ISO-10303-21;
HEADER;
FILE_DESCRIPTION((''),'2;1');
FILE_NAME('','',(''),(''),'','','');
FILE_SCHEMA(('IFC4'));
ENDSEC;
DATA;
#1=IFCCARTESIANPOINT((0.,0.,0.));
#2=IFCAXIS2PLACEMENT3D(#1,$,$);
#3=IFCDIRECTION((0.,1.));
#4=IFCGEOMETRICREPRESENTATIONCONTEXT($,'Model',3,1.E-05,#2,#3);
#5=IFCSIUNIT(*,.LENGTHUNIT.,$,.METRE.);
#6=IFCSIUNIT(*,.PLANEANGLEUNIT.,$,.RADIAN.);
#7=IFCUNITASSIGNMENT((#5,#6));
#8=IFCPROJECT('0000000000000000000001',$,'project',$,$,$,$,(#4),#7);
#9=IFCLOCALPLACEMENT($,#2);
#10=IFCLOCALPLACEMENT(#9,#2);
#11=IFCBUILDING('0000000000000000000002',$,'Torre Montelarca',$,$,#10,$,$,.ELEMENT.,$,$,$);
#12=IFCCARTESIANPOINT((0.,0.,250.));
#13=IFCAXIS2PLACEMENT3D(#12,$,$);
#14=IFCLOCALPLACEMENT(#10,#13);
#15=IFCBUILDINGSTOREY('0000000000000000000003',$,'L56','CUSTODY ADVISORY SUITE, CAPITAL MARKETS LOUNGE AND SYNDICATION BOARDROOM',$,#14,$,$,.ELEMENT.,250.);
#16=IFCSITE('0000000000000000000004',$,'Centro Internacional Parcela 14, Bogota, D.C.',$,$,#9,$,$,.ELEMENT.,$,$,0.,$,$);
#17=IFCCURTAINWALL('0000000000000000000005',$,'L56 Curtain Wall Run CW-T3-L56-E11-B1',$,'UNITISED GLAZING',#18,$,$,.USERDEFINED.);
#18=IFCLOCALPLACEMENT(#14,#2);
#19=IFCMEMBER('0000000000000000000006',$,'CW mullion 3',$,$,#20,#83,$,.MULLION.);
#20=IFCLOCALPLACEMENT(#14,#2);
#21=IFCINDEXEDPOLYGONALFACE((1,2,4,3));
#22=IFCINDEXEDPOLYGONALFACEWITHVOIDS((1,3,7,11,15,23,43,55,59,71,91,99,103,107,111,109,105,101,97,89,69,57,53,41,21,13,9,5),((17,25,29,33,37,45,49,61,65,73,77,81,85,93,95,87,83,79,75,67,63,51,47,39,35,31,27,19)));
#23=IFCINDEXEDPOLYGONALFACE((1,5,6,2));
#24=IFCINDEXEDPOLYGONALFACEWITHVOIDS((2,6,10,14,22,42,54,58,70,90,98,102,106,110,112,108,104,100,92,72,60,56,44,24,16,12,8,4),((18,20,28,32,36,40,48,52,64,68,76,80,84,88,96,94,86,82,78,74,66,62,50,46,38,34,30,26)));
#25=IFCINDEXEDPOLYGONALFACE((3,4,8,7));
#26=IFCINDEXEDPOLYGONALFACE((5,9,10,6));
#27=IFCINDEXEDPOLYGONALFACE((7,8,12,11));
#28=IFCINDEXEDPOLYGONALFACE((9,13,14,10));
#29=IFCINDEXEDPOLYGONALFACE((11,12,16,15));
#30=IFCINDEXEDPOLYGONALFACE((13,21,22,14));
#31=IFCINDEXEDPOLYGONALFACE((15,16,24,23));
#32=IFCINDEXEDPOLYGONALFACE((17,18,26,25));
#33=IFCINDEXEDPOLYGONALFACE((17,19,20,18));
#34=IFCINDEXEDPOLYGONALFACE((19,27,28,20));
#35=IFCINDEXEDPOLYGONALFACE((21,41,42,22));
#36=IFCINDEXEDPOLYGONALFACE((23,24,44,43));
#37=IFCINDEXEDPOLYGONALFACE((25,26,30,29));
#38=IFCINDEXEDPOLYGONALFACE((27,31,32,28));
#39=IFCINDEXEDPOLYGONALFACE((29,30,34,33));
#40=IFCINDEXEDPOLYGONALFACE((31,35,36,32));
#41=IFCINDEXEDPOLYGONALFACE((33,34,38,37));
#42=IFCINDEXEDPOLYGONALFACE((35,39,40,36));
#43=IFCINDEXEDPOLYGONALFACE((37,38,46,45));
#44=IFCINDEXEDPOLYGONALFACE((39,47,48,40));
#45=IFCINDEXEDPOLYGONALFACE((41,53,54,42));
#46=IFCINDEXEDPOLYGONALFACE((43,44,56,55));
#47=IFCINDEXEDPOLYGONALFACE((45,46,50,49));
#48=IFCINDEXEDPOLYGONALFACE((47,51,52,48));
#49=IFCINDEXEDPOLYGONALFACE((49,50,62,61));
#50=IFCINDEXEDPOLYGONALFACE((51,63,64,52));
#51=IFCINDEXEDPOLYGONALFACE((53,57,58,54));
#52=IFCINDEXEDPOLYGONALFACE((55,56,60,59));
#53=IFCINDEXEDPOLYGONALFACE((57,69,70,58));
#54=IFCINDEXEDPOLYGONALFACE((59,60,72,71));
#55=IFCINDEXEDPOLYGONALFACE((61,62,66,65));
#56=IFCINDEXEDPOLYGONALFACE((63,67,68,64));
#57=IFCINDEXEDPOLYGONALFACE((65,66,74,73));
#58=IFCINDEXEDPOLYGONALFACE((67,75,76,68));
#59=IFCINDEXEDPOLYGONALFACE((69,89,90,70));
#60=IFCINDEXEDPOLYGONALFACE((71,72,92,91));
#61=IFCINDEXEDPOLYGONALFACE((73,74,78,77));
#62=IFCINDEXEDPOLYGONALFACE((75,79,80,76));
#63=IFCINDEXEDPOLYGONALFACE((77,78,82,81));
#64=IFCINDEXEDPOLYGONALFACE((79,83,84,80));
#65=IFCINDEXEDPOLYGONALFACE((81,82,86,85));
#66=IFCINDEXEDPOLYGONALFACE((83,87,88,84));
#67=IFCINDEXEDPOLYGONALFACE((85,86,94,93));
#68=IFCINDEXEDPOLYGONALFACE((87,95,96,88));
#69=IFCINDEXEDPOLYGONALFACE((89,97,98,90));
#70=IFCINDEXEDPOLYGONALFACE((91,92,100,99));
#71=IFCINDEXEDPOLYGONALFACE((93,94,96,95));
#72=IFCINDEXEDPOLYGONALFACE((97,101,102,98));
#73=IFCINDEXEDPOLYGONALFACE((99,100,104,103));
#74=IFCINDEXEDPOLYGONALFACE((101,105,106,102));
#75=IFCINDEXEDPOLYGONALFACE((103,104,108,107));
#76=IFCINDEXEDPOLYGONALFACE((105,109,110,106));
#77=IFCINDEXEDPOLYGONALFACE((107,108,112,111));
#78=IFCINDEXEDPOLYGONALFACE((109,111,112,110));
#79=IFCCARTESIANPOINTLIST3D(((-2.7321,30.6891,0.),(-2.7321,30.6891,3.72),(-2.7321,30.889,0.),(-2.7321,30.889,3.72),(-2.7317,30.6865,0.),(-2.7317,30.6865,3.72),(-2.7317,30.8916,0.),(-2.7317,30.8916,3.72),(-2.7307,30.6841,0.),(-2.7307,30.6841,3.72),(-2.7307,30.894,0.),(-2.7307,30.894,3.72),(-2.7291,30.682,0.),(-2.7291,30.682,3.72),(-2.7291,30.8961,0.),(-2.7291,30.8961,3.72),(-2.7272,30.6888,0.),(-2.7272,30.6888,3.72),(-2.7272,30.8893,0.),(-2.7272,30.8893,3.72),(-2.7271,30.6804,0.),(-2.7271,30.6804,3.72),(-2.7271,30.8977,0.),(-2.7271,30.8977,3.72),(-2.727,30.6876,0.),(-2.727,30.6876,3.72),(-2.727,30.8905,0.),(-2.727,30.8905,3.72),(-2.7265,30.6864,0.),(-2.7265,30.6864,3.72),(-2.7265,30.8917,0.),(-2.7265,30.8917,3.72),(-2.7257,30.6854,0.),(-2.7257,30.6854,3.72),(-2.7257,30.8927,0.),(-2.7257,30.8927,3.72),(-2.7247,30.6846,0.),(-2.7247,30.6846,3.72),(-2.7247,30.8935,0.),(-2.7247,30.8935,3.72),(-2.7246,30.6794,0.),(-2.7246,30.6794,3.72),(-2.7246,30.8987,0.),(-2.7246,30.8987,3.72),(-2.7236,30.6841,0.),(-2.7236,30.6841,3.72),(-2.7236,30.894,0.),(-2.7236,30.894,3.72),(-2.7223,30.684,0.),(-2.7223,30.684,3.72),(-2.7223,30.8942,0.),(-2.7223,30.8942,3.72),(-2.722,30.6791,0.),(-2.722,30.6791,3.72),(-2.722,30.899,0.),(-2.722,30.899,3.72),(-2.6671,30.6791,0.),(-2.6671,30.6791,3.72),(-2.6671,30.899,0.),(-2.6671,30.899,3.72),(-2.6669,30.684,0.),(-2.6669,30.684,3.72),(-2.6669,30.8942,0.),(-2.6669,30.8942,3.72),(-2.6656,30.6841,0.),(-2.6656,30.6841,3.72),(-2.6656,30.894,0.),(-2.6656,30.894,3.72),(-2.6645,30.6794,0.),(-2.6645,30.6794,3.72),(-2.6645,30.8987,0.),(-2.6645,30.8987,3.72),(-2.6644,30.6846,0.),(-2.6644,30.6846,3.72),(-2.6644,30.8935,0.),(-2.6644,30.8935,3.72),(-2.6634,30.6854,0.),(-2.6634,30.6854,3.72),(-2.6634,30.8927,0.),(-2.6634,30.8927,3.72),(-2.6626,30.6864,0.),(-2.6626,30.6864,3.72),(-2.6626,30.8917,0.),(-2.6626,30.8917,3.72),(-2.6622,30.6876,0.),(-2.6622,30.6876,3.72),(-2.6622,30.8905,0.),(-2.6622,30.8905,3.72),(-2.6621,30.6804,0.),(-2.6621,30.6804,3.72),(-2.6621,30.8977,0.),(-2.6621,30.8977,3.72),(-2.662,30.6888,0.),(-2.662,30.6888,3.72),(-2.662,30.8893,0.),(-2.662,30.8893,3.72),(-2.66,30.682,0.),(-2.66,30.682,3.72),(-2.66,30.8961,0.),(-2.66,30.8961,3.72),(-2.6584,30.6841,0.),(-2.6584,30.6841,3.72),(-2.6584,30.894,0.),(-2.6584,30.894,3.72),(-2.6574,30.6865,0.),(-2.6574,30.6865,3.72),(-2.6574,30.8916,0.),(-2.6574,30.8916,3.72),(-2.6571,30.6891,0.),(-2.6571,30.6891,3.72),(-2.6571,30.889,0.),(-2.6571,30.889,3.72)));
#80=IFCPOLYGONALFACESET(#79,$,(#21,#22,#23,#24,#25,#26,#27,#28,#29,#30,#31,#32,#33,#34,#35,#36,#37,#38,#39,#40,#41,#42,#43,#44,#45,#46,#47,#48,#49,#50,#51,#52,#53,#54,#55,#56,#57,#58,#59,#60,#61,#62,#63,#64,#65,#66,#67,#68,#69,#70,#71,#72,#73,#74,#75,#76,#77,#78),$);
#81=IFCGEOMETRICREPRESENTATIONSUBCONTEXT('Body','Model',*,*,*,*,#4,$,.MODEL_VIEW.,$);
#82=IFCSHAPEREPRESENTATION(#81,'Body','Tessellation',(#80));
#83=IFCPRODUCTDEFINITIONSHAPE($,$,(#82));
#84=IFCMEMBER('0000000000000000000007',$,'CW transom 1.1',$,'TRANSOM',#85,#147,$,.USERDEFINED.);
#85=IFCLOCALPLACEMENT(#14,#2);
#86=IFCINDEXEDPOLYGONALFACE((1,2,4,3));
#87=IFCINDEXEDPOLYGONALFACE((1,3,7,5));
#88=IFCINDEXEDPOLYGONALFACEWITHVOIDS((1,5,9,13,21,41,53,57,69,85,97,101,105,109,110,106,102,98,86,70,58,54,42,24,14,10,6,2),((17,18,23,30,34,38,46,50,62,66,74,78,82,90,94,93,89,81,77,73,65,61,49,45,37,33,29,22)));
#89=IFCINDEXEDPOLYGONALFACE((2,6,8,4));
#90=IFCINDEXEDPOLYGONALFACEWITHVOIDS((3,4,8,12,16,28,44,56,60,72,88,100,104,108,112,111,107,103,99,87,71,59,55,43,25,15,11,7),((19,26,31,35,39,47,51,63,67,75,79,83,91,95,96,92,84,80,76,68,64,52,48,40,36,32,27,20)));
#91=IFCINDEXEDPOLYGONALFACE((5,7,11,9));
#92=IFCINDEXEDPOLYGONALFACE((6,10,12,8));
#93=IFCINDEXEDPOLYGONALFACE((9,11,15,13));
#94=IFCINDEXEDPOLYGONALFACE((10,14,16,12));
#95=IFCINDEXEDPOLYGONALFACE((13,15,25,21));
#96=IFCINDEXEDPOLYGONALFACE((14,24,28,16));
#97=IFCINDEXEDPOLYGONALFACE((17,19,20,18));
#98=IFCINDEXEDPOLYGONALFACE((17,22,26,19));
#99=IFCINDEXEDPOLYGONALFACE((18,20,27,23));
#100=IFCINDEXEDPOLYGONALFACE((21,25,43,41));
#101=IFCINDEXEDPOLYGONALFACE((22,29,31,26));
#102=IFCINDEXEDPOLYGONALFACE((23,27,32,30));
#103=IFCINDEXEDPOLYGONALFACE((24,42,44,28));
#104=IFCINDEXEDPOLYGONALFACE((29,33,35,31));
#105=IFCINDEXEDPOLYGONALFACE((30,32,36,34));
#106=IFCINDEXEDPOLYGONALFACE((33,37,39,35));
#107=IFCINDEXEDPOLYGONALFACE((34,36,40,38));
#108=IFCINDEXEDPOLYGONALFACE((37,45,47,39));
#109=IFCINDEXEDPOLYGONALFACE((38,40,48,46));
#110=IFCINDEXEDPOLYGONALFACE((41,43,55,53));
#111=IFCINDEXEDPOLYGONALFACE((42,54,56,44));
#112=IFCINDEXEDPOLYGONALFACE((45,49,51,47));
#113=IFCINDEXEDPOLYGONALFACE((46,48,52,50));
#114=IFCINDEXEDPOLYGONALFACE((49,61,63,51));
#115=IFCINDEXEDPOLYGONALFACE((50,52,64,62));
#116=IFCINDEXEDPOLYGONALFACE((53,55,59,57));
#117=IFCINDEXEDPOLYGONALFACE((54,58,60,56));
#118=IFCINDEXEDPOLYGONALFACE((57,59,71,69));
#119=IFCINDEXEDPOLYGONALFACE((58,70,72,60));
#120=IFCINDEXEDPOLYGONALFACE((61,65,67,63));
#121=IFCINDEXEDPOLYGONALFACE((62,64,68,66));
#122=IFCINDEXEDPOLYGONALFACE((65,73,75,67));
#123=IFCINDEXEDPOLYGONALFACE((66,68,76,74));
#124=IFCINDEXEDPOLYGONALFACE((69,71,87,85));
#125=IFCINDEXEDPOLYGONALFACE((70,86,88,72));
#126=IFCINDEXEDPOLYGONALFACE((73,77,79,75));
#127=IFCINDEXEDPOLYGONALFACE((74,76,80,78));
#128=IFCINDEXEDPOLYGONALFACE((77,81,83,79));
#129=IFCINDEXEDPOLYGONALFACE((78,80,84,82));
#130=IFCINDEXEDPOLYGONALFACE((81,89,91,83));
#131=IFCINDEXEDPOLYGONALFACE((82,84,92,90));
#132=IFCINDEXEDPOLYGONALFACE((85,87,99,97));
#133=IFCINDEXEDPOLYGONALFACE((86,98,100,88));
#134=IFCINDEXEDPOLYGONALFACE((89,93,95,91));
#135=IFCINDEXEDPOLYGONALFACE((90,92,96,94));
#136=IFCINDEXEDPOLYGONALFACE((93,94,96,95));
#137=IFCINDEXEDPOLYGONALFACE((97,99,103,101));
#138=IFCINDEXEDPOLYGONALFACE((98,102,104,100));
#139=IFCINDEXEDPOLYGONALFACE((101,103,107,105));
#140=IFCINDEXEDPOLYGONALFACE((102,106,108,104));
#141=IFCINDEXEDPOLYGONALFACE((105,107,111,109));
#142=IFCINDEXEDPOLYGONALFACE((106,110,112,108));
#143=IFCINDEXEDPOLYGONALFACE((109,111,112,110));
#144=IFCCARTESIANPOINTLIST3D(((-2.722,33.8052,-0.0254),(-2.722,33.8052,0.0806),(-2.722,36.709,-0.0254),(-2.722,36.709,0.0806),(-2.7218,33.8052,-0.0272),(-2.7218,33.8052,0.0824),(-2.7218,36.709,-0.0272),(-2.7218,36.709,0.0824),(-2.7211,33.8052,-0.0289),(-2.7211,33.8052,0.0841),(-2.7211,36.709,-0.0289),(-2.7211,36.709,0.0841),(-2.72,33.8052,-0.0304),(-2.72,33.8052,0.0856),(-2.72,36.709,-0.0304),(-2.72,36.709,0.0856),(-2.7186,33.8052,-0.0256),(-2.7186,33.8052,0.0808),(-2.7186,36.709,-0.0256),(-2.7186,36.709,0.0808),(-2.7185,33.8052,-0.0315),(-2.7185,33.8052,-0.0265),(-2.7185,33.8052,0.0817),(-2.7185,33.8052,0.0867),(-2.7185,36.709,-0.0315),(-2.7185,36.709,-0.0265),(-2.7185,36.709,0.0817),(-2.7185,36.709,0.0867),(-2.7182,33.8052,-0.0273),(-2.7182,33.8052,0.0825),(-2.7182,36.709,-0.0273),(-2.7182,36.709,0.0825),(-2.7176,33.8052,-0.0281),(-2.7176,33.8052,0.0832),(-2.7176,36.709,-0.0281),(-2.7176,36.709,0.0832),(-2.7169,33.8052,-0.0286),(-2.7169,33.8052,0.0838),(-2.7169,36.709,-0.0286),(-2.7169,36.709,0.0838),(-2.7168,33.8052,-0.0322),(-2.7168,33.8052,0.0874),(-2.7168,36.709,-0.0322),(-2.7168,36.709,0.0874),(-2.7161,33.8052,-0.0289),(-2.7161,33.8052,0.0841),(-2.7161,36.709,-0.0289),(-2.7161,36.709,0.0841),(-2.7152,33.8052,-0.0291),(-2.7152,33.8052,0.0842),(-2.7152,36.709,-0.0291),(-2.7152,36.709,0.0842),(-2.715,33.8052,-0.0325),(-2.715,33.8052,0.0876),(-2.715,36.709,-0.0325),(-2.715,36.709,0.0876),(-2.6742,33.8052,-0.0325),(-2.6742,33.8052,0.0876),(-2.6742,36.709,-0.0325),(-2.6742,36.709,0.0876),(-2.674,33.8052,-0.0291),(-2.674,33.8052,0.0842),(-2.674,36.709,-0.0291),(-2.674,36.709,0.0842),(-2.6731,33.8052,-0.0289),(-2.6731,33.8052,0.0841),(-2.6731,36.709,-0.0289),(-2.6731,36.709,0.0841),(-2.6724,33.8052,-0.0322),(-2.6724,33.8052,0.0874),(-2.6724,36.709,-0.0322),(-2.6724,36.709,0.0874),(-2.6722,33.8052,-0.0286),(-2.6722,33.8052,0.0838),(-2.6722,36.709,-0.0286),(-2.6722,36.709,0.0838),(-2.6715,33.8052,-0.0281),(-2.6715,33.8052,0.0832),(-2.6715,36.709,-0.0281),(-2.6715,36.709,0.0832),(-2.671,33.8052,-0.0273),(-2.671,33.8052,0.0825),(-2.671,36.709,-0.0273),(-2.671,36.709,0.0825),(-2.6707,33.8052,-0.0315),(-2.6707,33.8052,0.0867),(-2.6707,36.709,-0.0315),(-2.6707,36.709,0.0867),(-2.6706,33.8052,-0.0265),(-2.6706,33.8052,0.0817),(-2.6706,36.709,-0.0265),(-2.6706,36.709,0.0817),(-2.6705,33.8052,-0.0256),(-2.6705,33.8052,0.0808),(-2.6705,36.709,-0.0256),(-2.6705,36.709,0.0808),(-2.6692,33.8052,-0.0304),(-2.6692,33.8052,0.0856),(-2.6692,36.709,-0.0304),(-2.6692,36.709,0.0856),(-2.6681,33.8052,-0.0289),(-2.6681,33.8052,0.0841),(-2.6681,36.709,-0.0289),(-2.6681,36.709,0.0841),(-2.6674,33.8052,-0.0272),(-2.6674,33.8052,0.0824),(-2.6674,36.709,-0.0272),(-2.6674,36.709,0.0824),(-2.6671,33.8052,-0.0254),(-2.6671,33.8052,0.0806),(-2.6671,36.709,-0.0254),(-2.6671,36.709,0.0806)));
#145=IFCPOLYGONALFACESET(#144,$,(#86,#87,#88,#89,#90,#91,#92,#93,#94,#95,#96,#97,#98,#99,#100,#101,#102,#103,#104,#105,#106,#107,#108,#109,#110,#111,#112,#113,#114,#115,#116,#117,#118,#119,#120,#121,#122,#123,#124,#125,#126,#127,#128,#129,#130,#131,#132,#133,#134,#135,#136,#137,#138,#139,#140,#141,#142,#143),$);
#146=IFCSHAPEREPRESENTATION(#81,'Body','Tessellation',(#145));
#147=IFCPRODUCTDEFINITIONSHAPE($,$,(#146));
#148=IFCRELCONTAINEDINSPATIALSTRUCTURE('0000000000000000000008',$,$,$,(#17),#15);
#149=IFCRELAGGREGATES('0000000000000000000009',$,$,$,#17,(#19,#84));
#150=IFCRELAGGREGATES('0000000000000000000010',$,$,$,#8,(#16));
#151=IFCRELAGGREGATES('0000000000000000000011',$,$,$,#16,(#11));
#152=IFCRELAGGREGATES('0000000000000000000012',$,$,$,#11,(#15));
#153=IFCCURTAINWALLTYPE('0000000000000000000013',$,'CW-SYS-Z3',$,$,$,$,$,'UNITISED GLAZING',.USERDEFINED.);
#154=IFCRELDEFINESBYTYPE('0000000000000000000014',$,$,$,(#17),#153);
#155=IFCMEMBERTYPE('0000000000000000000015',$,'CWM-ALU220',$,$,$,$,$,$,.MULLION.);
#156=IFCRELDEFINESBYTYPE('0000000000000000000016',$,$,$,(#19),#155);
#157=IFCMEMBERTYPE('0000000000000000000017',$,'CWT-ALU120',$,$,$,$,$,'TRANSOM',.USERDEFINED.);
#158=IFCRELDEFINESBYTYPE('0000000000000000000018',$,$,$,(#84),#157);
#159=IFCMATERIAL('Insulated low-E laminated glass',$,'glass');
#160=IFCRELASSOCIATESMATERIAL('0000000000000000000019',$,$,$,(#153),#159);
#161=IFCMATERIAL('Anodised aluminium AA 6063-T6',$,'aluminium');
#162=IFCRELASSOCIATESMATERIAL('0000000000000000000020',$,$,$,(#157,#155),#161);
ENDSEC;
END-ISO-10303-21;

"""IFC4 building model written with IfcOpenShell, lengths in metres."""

from ifc_helpers import new_model, si_unit, direction, frame, origin, origin_2d, place, context, subcontext, project, spatial, hollow_rectangle, extrude, source, transform, mapped, material, material_profile, profile_set, type_object, element, aggregate, save


model = new_model("IFC4")

# Units and contexts
model_context = context("Model", 3, precision=1e-05, world=origin(), true_north=direction((0.0, 1.0)))
body_context = subcontext(model_context, "Body", "Model", "MODEL_VIEW")
ifc_project = project(units=[si_unit("LENGTHUNIT", "METRE"), si_unit("PLANEANGLEUNIT", "RADIAN")], contexts=[model_context])

# Site, building, storey
site_placement = place(None, origin())
site = spatial("IfcSite", under=ifc_project, at=site_placement, Name="Centro Internacional Parcela 14, Bogota, D.C.", CompositionType="ELEMENT", RefElevation=0.0)
building_placement = place(site_placement, origin())
building = spatial("IfcBuilding", under=site, at=building_placement, Name="Torre Montelarca", CompositionType="ELEMENT")
storey_placement = place(building_placement, frame((0.0, 0.0, 250.0)))
storey = spatial("IfcBuildingStorey", under=building, at=storey_placement, Name="L56", Description="CUSTODY ADVISORY SUITE, CAPITAL MARKETS LOUNGE AND SYNDICATION BOARDROOM", CompositionType="ELEMENT", Elevation=250.0)

# Curtain wall, members
ifc_material_1 = material(Name="Insulated low-E laminated glass", Category="glass")
curtain_wall_type = type_object("IfcCurtainWallType", Name="CW-SYS-Z3", ElementType="UNITISED GLAZING", PredefinedType="USERDEFINED", material=ifc_material_1)
curtain_wall_placement = place(storey_placement, origin())
curtain_wall = element("IfcCurtainWall", 1, at=curtain_wall_placement, inside=storey, type_object=curtain_wall_type, Name="L56 Curtain Wall Run CW-T3-L56-E11-B1", ObjectType="UNITISED GLAZING", PredefinedType="USERDEFINED")
ifc_material_2 = material(Name="Anodised aluminium AA 6063-T6", Category="aluminium")
ifc_material_profile_1 = material_profile(ifc_material_2, hollow_rectangle(XDim=0.0549, YDim=0.1201, WallThickness=0.0034, InnerFilletRadius=0.0034, OuterFilletRadius=0.0071, at=origin_2d()), Name="ALU55X120X3.5", Category="aluminium")
ifc_profile_set_1 = profile_set([ifc_material_profile_1], Name="Anodised aluminium AA 6063-T6")
member_type_1 = type_object("IfcMemberType", Name="CWT-ALU120", ElementType="TRANSOM", PredefinedType="USERDEFINED", material=ifc_profile_set_1)
ifc_material_profile_2 = material_profile(ifc_material_2, hollow_rectangle(XDim=0.075, YDim=0.22, WallThickness=0.0049, InnerFilletRadius=0.0049, OuterFilletRadius=0.01, at=origin_2d()), Name="ALU75X220X5", Category="aluminium")
ifc_profile_set_2 = profile_set([ifc_material_profile_2], Name="Anodised aluminium AA 6063-T6")
member_type_2 = type_object("IfcMemberType", Name="CWM-ALU220", PredefinedType="MULLION", material=ifc_profile_set_2)
shared_shape_1 = source(origin(), body_context, "Body", "SweptSolid", [
    extrude(hollow_rectangle(XDim=0.075, YDim=0.22, WallThickness=0.0049, InnerFilletRadius=0.0049, OuterFilletRadius=0.01, at=origin_2d()), origin(), (0.0, 0.0, 1.0), 3.72),
])
member_1_placement = place(storey_placement, frame((-2.6946, 30.7891, 0.0), z_axis=(0.0, 0.0, 1.0), x_axis=(1.0, 0.0, 0.0)))
member_1 = element("IfcMember", 2, at=member_1_placement, type_object=member_type_2, Name="CW mullion 3", PredefinedType="MULLION", context=body_context, shape_type="MappedRepresentation", body=[
    mapped(shared_shape_1, transform((0.0, 0.0, 0.0), scale=1.0)),
])
shared_shape_2 = source(origin(), body_context, "Body", "SweptSolid", [
    extrude(hollow_rectangle(XDim=0.0549, YDim=0.1201, WallThickness=0.0034, InnerFilletRadius=0.0034, OuterFilletRadius=0.0071, at=origin_2d()), origin(), (0.0, 0.0, 1.0), 2.9038),
])
member_2_placement = place(storey_placement, frame((-2.6946, 36.709, 0.0276), z_axis=(0.0, -1.0, 0.0), x_axis=(1.0, 0.0, 0.0)))
member_2 = element("IfcMember", 3, at=member_2_placement, type_object=member_type_1, Name="CW transom 1.1", ObjectType="TRANSOM", PredefinedType="USERDEFINED", context=body_context, shape_type="MappedRepresentation", body=[
    mapped(shared_shape_2, transform((0.0, 0.0, 0.0), scale=1.0)),
])
aggregate(curtain_wall, [member_1, member_2])

save(model, "model.ifc")
